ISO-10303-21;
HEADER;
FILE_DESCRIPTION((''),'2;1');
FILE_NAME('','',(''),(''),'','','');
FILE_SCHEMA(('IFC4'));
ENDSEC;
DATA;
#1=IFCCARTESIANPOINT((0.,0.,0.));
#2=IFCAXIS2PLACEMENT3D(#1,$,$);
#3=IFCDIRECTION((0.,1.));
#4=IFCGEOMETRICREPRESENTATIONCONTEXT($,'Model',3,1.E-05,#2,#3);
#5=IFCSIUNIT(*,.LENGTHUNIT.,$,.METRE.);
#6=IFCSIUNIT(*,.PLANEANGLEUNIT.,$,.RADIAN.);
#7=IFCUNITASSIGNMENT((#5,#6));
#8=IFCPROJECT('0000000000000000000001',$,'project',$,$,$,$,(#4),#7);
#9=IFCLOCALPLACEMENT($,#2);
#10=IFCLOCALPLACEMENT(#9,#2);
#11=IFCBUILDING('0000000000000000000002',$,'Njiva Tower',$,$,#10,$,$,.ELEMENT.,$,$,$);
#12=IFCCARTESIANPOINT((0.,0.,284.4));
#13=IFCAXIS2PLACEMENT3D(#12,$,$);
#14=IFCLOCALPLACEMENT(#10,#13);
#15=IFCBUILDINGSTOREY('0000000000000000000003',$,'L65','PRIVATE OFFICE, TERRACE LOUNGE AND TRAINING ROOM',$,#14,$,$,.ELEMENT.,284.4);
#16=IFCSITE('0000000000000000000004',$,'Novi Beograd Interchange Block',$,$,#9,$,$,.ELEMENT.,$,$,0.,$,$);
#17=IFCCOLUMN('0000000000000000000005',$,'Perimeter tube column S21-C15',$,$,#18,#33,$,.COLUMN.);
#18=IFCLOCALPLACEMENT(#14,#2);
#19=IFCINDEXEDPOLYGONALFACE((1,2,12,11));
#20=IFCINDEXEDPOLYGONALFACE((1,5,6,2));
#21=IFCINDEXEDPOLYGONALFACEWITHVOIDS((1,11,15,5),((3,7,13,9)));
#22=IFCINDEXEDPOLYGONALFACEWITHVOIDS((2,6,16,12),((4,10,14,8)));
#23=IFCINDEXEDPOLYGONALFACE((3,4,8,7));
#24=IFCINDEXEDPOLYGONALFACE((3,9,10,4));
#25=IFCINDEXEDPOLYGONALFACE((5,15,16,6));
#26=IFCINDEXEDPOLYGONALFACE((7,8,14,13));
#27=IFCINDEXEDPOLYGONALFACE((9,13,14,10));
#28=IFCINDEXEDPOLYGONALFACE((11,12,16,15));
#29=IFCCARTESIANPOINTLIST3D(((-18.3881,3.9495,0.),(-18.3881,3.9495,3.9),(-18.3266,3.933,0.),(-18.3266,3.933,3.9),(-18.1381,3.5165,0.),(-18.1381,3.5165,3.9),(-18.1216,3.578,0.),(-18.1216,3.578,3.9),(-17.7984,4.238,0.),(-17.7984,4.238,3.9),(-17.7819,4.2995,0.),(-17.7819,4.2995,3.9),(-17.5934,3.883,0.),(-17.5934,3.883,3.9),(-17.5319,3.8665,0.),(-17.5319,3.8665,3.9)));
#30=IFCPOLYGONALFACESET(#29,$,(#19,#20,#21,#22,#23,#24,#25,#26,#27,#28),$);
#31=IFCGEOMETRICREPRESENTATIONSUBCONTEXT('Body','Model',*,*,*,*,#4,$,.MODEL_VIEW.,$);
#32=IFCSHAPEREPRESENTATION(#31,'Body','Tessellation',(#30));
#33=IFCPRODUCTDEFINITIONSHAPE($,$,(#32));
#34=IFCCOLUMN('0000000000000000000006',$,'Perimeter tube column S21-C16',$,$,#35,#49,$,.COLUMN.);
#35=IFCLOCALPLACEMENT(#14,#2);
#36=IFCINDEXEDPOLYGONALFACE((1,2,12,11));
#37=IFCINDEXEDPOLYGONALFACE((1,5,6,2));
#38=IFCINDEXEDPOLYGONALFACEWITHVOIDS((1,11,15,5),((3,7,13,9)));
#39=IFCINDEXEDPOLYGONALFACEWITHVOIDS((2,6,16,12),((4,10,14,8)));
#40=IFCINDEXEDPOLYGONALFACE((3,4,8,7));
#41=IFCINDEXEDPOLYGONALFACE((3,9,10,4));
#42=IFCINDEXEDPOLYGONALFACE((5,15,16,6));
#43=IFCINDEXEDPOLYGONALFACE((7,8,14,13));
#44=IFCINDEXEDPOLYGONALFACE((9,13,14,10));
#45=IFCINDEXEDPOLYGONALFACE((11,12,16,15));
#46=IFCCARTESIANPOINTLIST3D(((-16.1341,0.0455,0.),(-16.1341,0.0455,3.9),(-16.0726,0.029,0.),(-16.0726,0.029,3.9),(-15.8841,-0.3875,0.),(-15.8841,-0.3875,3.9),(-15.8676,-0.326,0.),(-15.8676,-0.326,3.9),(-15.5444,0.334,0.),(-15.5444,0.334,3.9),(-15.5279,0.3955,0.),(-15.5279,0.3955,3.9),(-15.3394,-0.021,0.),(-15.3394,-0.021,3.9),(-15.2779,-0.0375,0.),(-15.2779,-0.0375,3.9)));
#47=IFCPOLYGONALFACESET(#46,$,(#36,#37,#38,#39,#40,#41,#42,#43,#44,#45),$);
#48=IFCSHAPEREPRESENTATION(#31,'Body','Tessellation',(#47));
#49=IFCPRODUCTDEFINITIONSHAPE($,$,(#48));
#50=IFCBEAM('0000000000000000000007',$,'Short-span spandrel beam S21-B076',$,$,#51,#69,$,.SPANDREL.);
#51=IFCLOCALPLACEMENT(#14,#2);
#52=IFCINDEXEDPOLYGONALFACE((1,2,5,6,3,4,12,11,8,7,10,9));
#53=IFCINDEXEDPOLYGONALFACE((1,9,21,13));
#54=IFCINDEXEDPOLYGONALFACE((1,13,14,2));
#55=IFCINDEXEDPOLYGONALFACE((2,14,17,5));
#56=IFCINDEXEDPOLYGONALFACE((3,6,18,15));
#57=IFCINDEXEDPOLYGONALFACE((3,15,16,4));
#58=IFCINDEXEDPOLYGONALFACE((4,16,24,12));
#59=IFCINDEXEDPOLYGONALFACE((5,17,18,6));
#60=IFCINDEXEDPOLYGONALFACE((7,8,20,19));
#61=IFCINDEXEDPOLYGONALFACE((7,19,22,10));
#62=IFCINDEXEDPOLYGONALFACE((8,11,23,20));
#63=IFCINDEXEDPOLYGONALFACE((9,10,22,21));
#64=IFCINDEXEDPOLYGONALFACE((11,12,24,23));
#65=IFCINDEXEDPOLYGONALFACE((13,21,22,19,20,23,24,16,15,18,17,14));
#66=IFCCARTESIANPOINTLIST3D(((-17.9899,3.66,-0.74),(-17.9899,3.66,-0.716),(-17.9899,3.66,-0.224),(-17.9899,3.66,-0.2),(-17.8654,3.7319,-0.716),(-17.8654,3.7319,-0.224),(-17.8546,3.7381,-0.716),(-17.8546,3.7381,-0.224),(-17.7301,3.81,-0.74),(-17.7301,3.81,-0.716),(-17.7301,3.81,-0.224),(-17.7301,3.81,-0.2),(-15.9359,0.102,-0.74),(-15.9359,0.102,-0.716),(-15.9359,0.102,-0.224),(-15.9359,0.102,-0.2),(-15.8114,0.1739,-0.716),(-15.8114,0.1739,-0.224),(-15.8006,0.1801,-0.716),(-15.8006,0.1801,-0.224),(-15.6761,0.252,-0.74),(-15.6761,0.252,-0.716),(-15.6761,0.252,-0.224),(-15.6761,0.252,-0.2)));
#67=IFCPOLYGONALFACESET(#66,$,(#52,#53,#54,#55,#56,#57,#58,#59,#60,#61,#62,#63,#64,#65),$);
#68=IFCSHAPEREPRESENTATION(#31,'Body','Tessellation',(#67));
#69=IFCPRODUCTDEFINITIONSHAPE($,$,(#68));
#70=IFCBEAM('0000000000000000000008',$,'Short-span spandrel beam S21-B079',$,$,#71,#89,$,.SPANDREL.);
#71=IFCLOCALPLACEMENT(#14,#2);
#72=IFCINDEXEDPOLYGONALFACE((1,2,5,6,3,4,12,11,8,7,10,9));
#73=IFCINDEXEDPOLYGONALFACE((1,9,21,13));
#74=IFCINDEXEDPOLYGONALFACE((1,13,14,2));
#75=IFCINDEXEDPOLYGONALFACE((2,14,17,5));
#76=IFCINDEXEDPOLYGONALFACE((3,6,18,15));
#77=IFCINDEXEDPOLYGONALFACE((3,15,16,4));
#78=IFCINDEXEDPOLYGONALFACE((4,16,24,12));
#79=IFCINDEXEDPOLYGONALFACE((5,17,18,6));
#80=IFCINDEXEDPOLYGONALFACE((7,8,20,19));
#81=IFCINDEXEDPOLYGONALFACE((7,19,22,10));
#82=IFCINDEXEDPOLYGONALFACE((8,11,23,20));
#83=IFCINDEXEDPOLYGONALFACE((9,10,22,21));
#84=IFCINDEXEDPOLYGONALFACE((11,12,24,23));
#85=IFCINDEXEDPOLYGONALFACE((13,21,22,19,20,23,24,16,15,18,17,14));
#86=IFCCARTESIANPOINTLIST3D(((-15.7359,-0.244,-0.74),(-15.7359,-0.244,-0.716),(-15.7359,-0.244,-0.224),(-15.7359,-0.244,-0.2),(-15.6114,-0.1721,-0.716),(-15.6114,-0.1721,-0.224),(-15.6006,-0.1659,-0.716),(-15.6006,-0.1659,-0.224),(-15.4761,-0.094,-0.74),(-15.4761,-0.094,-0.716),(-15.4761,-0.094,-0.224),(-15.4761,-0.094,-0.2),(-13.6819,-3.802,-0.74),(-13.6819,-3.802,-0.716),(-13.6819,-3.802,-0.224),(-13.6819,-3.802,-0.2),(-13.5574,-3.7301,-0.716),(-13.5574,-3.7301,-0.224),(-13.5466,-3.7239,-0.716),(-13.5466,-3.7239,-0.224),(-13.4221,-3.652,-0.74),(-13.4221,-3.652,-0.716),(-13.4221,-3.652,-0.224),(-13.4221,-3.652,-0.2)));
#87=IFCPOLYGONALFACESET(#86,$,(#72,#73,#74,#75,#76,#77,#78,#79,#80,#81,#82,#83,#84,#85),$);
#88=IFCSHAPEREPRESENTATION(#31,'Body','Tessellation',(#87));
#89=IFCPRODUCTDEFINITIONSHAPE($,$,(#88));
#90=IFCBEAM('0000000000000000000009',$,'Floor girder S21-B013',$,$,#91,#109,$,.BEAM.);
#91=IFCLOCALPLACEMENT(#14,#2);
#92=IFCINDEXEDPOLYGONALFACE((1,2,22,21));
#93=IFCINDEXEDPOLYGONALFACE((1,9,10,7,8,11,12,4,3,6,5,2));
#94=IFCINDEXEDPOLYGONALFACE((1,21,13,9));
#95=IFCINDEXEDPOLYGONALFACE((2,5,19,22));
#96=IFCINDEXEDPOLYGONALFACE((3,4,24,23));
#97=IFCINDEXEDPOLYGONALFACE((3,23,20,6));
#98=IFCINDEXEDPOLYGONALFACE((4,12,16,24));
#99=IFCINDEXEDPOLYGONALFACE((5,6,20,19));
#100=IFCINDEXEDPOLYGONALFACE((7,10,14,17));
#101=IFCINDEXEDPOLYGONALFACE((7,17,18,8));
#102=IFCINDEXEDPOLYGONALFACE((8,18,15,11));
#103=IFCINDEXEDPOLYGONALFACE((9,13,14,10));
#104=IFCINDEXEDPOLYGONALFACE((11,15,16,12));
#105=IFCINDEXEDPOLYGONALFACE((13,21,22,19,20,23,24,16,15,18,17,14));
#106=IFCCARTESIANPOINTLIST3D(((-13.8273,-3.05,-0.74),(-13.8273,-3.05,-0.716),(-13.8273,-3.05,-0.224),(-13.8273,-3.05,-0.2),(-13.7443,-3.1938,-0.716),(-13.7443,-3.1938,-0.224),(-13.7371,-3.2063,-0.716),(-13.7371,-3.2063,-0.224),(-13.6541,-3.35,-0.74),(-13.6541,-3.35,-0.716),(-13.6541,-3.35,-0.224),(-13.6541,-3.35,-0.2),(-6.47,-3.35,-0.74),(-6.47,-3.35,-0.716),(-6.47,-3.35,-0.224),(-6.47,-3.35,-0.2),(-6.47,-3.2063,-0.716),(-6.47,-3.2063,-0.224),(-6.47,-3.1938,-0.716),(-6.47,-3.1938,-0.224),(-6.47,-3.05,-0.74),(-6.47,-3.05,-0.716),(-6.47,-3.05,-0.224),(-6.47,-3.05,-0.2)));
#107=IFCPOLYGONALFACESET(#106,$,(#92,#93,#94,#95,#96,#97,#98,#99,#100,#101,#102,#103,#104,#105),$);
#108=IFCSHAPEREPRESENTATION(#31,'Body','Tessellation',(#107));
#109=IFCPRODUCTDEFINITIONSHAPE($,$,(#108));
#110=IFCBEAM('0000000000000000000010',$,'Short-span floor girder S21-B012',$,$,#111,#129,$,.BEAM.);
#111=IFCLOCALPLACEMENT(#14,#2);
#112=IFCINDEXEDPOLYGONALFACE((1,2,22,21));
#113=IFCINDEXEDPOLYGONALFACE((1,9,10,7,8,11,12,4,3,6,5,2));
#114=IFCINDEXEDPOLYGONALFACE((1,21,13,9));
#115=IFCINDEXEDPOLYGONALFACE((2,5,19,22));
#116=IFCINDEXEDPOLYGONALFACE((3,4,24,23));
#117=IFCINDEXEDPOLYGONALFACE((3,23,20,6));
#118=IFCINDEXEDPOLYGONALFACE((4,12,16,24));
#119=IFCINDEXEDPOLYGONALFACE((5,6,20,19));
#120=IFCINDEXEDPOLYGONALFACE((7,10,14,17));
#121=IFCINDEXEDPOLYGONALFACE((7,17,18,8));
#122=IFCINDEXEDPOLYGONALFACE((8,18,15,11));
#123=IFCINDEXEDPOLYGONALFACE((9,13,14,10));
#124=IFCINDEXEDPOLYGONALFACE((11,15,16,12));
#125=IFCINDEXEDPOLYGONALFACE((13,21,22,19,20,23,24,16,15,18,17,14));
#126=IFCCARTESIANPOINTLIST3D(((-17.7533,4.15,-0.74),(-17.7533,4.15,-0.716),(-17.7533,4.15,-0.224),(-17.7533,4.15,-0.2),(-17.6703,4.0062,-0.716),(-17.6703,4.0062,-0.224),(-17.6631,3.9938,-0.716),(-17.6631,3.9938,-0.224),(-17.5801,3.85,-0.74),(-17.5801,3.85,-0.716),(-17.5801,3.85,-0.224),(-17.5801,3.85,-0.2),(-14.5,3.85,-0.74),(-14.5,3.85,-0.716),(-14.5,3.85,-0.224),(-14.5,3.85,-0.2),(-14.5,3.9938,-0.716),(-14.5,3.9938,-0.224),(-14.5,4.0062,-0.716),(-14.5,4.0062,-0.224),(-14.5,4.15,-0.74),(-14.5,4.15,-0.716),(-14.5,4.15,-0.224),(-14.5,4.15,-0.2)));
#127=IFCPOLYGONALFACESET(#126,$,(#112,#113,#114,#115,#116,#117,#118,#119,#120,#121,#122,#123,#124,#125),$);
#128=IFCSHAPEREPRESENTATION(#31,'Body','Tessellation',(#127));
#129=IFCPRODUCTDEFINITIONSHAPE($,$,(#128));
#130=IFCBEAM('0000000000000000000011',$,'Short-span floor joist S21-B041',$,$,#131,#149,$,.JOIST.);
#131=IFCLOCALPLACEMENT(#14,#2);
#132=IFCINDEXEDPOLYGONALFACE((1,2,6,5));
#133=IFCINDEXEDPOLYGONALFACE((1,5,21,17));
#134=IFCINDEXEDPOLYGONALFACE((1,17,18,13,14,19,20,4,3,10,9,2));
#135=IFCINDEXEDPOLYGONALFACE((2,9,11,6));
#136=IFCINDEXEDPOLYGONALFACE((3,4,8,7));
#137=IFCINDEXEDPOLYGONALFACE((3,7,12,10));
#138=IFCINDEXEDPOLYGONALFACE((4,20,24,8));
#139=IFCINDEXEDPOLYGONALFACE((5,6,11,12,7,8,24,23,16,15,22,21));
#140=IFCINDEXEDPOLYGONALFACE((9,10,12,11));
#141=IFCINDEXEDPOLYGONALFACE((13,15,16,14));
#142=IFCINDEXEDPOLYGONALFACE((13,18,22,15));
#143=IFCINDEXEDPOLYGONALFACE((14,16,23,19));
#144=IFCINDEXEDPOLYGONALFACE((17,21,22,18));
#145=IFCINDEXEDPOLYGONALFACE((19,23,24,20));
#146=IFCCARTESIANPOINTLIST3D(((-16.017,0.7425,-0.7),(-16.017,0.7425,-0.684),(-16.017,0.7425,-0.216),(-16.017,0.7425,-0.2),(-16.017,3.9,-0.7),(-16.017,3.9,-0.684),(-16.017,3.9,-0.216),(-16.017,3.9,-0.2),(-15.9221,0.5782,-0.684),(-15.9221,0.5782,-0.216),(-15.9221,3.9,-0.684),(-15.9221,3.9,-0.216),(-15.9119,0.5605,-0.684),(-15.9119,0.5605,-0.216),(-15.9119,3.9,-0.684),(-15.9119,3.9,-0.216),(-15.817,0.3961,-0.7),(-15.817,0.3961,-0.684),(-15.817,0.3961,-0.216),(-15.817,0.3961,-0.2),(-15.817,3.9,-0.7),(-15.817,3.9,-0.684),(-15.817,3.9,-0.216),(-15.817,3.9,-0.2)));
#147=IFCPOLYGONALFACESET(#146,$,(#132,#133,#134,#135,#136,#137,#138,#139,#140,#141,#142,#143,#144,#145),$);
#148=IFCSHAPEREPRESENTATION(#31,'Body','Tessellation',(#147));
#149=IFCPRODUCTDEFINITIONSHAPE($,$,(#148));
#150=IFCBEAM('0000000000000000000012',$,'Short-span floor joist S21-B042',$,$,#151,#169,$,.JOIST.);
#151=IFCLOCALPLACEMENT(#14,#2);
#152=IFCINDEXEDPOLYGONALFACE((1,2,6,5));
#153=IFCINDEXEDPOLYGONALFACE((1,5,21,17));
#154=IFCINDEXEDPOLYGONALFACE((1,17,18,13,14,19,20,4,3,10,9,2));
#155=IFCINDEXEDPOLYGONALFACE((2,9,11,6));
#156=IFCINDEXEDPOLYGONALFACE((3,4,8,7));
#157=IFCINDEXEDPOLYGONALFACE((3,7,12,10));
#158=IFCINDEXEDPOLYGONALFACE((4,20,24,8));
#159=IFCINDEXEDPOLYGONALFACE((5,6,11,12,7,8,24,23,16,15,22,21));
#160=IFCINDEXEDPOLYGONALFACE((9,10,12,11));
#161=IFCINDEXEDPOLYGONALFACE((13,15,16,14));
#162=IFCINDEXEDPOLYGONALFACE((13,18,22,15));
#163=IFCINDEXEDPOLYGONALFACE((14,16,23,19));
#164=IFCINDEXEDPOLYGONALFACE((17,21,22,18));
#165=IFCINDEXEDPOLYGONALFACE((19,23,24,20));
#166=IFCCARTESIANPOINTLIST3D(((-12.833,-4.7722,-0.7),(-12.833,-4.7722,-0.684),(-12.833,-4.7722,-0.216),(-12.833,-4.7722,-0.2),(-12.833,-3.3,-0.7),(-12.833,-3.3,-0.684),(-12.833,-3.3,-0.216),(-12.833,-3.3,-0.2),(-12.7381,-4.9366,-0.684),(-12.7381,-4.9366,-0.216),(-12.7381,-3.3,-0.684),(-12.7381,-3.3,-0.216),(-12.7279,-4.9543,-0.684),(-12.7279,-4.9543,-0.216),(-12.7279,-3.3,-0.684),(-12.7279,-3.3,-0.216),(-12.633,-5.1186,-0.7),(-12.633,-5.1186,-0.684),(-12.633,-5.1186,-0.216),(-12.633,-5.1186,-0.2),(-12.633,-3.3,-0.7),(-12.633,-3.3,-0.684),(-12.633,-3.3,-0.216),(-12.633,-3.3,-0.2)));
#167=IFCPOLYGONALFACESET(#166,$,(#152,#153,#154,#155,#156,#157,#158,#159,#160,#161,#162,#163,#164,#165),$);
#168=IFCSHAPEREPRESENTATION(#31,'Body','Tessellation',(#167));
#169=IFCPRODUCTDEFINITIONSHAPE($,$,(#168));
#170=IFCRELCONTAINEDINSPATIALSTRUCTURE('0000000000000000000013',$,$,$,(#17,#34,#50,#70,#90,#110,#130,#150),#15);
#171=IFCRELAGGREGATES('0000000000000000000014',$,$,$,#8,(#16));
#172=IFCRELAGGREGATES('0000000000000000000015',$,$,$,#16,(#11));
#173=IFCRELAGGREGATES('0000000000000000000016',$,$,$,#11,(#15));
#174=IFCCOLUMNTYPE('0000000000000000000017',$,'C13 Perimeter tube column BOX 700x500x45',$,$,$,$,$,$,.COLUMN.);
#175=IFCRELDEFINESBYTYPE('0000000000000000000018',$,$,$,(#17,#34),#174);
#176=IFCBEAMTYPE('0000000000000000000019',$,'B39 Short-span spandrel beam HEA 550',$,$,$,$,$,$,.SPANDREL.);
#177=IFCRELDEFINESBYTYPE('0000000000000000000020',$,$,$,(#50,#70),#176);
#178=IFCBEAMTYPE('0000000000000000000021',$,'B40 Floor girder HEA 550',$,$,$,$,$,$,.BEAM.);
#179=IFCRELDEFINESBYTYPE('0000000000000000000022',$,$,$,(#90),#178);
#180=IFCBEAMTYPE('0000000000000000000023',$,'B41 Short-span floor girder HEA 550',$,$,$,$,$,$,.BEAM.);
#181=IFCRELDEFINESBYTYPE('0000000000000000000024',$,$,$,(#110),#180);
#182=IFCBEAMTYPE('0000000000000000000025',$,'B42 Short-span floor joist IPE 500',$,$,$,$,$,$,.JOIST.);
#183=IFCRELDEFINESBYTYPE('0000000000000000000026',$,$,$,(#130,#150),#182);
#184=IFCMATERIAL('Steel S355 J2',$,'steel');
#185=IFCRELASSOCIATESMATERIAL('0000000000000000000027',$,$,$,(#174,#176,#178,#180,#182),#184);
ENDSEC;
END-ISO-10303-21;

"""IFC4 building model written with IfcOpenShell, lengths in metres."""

from ifc_helpers import new_model, si_unit, direction, frame, origin, origin_2d, place, context, subcontext, project, spatial, hollow_rectangle, i_section, extrude, clip, halfspace, material, material_profile, profile_set, type_object, element, save


model = new_model("IFC4")

# Units and contexts
model_context = context("Model", 3, precision=1e-05, world=origin(), true_north=direction((0.0, 1.0)))
body_context = subcontext(model_context, "Body", "Model", "MODEL_VIEW")
ifc_project = project(units=[si_unit("LENGTHUNIT", "METRE"), si_unit("PLANEANGLEUNIT", "RADIAN")], contexts=[model_context])

# Site, building, storey
site_placement = place(None, origin())
site = spatial("IfcSite", under=ifc_project, at=site_placement, Name="Novi Beograd Interchange Block", CompositionType="ELEMENT", RefElevation=0.0)
building_placement = place(site_placement, origin())
building = spatial("IfcBuilding", under=site, at=building_placement, Name="Njiva Tower", CompositionType="ELEMENT")
storey_placement = place(building_placement, frame((0.0, 0.0, 284.4)))
storey = spatial("IfcBuildingStorey", under=building, at=storey_placement, Name="L65", Description="PRIVATE OFFICE, TERRACE LOUNGE AND TRAINING ROOM", CompositionType="ELEMENT", Elevation=284.4)

# Columns
ifc_material_1 = material(Name="Steel S355 J2", Category="steel")
ifc_material_profile_1 = material_profile(ifc_material_1, hollow_rectangle(XDim=0.5, YDim=0.7, WallThickness=0.045, at=origin_2d()), Name="BOX 700x500x45")
ifc_profile_set_1 = profile_set([ifc_material_profile_1], Name="Steel S355 J2")
column_type = type_object("IfcColumnType", Name="C13 Perimeter tube column BOX 700x500x45", PredefinedType="COLUMN", material=ifc_profile_set_1)
for number, where, z_axis, x_axis, name in (
    (1, (-17.96, 3.908, 0.0), (0.0, 0.0, 1.0), (0.5, -0.866025, 0.0), "Perimeter tube column S21-C15"),
    (2, (-15.706, 0.004, 0.0), (0.0, 0.0, 1.0), (0.5, -0.866025, 0.0), "Perimeter tube column S21-C16"),
):
    element("IfcColumn", number, at=place(storey_placement, frame(where, z_axis=z_axis, x_axis=x_axis)), inside=storey, type_object=column_type, Name=name, PredefinedType="COLUMN", context=body_context, shape_type="SweptSolid", body=[
        extrude(hollow_rectangle(XDim=0.5, YDim=0.7, WallThickness=0.045, at=origin_2d()), origin(), (0.0, 0.0, 1.0), 3.9),
    ])

# Beams
ifc_material_profile_2 = material_profile(ifc_material_1, i_section(OverallWidth=0.3, OverallDepth=0.54, WebThickness=0.0125, FlangeThickness=0.024, at=origin_2d()), Name="HEA 550")
ifc_profile_set_2 = profile_set([ifc_material_profile_2], Name="Steel S355 J2")
beam_type_1 = type_object("IfcBeamType", Name="B39 Short-span spandrel beam HEA 550", PredefinedType="SPANDREL", material=ifc_profile_set_2)
for number, where, z_axis, x_axis, name in (
    (3, (-17.86, 3.735, -0.47), (0.499961, -0.866048, 0.0), (0.866048, 0.499961, 0.0), "Short-span spandrel beam S21-B076"),
    (4, (-15.606, -0.169, -0.47), (0.499961, -0.866048, 0.0), (0.866048, 0.499961, 0.0), "Short-span spandrel beam S21-B079"),
):
    element("IfcBeam", number, at=place(storey_placement, frame(where, z_axis=z_axis, x_axis=x_axis)), inside=storey, type_object=beam_type_1, Name=name, PredefinedType="SPANDREL", context=body_context, shape_type="SweptSolid", body=[
        extrude(i_section(OverallWidth=0.3, OverallDepth=0.54, WebThickness=0.0125, FlangeThickness=0.024, at=origin_2d()), origin(), (0.0, 0.0, 1.0), 4.1083),
    ])
ifc_material_profile_3 = material_profile(ifc_material_1, i_section(OverallWidth=0.3, OverallDepth=0.54, WebThickness=0.0125, FlangeThickness=0.024, at=origin_2d()), Name="HEA 550")
ifc_profile_set_3 = profile_set([ifc_material_profile_3], Name="Steel S355 J2")
beam_type_2 = type_object("IfcBeamType", Name="B40 Floor girder HEA 550", PredefinedType="BEAM", material=ifc_profile_set_3)
beam_1_placement = place(storey_placement, frame((-13.848, -3.2, -0.47), z_axis=(1.0, 0.0, 0.0), x_axis=(0.0, 1.0, 0.0)))
element("IfcBeam", 5, at=beam_1_placement, inside=storey, type_object=beam_type_2, Name="Floor girder S21-B013", PredefinedType="BEAM", context=body_context, shape_type="Clipping", body=[
    clip(extrude(i_section(OverallWidth=0.3, OverallDepth=0.54, WebThickness=0.0125, FlangeThickness=0.024, at=origin_2d()), origin(), (0.0, 0.0, 1.0), 7.378), halfspace(frame((-0.025, 0.0, 0.1217), z_axis=(-0.499998, 0.0, -0.866027), x_axis=(0.0, -1.0, 0.0)), False)),
])
ifc_material_profile_4 = material_profile(ifc_material_1, i_section(OverallWidth=0.3, OverallDepth=0.54, WebThickness=0.0125, FlangeThickness=0.024, at=origin_2d()), Name="HEA 550")
ifc_profile_set_4 = profile_set([ifc_material_profile_4], Name="Steel S355 J2")
beam_type_3 = type_object("IfcBeamType", Name="B41 Short-span floor girder HEA 550", PredefinedType="BEAM", material=ifc_profile_set_4)
beam_2_placement = place(storey_placement, frame((-17.774, 4.0, -0.47), z_axis=(1.0, 0.0, 0.0), x_axis=(0.0, 1.0, 0.0)))
element("IfcBeam", 6, at=beam_2_placement, inside=storey, type_object=beam_type_3, Name="Short-span floor girder S21-B012", PredefinedType="BEAM", context=body_context, shape_type="Clipping", body=[
    clip(extrude(i_section(OverallWidth=0.3, OverallDepth=0.54, WebThickness=0.0125, FlangeThickness=0.024, at=origin_2d()), origin(), (0.0, 0.0, 1.0), 3.274), halfspace(frame((-0.025, 0.0, 0.1217), z_axis=(-0.499998, 0.0, -0.866027), x_axis=(0.0, -1.0, 0.0)), False)),
])
ifc_material_profile_5 = material_profile(ifc_material_1, i_section(OverallWidth=0.2, OverallDepth=0.5, WebThickness=0.0102, FlangeThickness=0.016, at=origin_2d()), Name="IPE 500")
ifc_profile_set_5 = profile_set([ifc_material_profile_5], Name="Steel S355 J2")
beam_type_4 = type_object("IfcBeamType", Name="B42 Short-span floor joist IPE 500", PredefinedType="JOIST", material=ifc_profile_set_5)
beam_3_placement = place(storey_placement, frame((-15.917, 3.9, -0.45), z_axis=(0.0, -1.0, 0.0), x_axis=(1.0, 0.0, 0.0)))
element("IfcBeam", 7, at=beam_3_placement, inside=storey, type_object=beam_type_4, Name="Short-span floor joist S21-B041", PredefinedType="JOIST", context=body_context, shape_type="Clipping", body=[
    clip(extrude(i_section(OverallWidth=0.2, OverallDepth=0.5, WebThickness=0.0102, FlangeThickness=0.016, at=origin_2d()), origin(), (0.0, 0.0, 1.0), 3.524), halfspace(frame((-0.043, 0.0, 3.2562), z_axis=(-0.866027, 0.0, 0.499998), x_axis=(0.0, 1.0, 0.0)), False)),
])
beam_4_placement = place(storey_placement, frame((-12.733, -3.3, -0.45), z_axis=(0.0, -1.0, 0.0), x_axis=(1.0, 0.0, 0.0)))
element("IfcBeam", 8, at=beam_4_placement, inside=storey, type_object=beam_type_4, Name="Short-span floor joist S21-B042", PredefinedType="JOIST", context=body_context, shape_type="Clipping", body=[
    clip(extrude(i_section(OverallWidth=0.2, OverallDepth=0.5, WebThickness=0.0102, FlangeThickness=0.016, at=origin_2d()), origin(), (0.0, 0.0, 1.0), 1.838), halfspace(frame((-0.0436, 0.0, 1.5699), z_axis=(-0.866027, 0.0, 0.499998), x_axis=(0.0, 1.0, 0.0)), False)),
])

save(model, "model.ifc")
